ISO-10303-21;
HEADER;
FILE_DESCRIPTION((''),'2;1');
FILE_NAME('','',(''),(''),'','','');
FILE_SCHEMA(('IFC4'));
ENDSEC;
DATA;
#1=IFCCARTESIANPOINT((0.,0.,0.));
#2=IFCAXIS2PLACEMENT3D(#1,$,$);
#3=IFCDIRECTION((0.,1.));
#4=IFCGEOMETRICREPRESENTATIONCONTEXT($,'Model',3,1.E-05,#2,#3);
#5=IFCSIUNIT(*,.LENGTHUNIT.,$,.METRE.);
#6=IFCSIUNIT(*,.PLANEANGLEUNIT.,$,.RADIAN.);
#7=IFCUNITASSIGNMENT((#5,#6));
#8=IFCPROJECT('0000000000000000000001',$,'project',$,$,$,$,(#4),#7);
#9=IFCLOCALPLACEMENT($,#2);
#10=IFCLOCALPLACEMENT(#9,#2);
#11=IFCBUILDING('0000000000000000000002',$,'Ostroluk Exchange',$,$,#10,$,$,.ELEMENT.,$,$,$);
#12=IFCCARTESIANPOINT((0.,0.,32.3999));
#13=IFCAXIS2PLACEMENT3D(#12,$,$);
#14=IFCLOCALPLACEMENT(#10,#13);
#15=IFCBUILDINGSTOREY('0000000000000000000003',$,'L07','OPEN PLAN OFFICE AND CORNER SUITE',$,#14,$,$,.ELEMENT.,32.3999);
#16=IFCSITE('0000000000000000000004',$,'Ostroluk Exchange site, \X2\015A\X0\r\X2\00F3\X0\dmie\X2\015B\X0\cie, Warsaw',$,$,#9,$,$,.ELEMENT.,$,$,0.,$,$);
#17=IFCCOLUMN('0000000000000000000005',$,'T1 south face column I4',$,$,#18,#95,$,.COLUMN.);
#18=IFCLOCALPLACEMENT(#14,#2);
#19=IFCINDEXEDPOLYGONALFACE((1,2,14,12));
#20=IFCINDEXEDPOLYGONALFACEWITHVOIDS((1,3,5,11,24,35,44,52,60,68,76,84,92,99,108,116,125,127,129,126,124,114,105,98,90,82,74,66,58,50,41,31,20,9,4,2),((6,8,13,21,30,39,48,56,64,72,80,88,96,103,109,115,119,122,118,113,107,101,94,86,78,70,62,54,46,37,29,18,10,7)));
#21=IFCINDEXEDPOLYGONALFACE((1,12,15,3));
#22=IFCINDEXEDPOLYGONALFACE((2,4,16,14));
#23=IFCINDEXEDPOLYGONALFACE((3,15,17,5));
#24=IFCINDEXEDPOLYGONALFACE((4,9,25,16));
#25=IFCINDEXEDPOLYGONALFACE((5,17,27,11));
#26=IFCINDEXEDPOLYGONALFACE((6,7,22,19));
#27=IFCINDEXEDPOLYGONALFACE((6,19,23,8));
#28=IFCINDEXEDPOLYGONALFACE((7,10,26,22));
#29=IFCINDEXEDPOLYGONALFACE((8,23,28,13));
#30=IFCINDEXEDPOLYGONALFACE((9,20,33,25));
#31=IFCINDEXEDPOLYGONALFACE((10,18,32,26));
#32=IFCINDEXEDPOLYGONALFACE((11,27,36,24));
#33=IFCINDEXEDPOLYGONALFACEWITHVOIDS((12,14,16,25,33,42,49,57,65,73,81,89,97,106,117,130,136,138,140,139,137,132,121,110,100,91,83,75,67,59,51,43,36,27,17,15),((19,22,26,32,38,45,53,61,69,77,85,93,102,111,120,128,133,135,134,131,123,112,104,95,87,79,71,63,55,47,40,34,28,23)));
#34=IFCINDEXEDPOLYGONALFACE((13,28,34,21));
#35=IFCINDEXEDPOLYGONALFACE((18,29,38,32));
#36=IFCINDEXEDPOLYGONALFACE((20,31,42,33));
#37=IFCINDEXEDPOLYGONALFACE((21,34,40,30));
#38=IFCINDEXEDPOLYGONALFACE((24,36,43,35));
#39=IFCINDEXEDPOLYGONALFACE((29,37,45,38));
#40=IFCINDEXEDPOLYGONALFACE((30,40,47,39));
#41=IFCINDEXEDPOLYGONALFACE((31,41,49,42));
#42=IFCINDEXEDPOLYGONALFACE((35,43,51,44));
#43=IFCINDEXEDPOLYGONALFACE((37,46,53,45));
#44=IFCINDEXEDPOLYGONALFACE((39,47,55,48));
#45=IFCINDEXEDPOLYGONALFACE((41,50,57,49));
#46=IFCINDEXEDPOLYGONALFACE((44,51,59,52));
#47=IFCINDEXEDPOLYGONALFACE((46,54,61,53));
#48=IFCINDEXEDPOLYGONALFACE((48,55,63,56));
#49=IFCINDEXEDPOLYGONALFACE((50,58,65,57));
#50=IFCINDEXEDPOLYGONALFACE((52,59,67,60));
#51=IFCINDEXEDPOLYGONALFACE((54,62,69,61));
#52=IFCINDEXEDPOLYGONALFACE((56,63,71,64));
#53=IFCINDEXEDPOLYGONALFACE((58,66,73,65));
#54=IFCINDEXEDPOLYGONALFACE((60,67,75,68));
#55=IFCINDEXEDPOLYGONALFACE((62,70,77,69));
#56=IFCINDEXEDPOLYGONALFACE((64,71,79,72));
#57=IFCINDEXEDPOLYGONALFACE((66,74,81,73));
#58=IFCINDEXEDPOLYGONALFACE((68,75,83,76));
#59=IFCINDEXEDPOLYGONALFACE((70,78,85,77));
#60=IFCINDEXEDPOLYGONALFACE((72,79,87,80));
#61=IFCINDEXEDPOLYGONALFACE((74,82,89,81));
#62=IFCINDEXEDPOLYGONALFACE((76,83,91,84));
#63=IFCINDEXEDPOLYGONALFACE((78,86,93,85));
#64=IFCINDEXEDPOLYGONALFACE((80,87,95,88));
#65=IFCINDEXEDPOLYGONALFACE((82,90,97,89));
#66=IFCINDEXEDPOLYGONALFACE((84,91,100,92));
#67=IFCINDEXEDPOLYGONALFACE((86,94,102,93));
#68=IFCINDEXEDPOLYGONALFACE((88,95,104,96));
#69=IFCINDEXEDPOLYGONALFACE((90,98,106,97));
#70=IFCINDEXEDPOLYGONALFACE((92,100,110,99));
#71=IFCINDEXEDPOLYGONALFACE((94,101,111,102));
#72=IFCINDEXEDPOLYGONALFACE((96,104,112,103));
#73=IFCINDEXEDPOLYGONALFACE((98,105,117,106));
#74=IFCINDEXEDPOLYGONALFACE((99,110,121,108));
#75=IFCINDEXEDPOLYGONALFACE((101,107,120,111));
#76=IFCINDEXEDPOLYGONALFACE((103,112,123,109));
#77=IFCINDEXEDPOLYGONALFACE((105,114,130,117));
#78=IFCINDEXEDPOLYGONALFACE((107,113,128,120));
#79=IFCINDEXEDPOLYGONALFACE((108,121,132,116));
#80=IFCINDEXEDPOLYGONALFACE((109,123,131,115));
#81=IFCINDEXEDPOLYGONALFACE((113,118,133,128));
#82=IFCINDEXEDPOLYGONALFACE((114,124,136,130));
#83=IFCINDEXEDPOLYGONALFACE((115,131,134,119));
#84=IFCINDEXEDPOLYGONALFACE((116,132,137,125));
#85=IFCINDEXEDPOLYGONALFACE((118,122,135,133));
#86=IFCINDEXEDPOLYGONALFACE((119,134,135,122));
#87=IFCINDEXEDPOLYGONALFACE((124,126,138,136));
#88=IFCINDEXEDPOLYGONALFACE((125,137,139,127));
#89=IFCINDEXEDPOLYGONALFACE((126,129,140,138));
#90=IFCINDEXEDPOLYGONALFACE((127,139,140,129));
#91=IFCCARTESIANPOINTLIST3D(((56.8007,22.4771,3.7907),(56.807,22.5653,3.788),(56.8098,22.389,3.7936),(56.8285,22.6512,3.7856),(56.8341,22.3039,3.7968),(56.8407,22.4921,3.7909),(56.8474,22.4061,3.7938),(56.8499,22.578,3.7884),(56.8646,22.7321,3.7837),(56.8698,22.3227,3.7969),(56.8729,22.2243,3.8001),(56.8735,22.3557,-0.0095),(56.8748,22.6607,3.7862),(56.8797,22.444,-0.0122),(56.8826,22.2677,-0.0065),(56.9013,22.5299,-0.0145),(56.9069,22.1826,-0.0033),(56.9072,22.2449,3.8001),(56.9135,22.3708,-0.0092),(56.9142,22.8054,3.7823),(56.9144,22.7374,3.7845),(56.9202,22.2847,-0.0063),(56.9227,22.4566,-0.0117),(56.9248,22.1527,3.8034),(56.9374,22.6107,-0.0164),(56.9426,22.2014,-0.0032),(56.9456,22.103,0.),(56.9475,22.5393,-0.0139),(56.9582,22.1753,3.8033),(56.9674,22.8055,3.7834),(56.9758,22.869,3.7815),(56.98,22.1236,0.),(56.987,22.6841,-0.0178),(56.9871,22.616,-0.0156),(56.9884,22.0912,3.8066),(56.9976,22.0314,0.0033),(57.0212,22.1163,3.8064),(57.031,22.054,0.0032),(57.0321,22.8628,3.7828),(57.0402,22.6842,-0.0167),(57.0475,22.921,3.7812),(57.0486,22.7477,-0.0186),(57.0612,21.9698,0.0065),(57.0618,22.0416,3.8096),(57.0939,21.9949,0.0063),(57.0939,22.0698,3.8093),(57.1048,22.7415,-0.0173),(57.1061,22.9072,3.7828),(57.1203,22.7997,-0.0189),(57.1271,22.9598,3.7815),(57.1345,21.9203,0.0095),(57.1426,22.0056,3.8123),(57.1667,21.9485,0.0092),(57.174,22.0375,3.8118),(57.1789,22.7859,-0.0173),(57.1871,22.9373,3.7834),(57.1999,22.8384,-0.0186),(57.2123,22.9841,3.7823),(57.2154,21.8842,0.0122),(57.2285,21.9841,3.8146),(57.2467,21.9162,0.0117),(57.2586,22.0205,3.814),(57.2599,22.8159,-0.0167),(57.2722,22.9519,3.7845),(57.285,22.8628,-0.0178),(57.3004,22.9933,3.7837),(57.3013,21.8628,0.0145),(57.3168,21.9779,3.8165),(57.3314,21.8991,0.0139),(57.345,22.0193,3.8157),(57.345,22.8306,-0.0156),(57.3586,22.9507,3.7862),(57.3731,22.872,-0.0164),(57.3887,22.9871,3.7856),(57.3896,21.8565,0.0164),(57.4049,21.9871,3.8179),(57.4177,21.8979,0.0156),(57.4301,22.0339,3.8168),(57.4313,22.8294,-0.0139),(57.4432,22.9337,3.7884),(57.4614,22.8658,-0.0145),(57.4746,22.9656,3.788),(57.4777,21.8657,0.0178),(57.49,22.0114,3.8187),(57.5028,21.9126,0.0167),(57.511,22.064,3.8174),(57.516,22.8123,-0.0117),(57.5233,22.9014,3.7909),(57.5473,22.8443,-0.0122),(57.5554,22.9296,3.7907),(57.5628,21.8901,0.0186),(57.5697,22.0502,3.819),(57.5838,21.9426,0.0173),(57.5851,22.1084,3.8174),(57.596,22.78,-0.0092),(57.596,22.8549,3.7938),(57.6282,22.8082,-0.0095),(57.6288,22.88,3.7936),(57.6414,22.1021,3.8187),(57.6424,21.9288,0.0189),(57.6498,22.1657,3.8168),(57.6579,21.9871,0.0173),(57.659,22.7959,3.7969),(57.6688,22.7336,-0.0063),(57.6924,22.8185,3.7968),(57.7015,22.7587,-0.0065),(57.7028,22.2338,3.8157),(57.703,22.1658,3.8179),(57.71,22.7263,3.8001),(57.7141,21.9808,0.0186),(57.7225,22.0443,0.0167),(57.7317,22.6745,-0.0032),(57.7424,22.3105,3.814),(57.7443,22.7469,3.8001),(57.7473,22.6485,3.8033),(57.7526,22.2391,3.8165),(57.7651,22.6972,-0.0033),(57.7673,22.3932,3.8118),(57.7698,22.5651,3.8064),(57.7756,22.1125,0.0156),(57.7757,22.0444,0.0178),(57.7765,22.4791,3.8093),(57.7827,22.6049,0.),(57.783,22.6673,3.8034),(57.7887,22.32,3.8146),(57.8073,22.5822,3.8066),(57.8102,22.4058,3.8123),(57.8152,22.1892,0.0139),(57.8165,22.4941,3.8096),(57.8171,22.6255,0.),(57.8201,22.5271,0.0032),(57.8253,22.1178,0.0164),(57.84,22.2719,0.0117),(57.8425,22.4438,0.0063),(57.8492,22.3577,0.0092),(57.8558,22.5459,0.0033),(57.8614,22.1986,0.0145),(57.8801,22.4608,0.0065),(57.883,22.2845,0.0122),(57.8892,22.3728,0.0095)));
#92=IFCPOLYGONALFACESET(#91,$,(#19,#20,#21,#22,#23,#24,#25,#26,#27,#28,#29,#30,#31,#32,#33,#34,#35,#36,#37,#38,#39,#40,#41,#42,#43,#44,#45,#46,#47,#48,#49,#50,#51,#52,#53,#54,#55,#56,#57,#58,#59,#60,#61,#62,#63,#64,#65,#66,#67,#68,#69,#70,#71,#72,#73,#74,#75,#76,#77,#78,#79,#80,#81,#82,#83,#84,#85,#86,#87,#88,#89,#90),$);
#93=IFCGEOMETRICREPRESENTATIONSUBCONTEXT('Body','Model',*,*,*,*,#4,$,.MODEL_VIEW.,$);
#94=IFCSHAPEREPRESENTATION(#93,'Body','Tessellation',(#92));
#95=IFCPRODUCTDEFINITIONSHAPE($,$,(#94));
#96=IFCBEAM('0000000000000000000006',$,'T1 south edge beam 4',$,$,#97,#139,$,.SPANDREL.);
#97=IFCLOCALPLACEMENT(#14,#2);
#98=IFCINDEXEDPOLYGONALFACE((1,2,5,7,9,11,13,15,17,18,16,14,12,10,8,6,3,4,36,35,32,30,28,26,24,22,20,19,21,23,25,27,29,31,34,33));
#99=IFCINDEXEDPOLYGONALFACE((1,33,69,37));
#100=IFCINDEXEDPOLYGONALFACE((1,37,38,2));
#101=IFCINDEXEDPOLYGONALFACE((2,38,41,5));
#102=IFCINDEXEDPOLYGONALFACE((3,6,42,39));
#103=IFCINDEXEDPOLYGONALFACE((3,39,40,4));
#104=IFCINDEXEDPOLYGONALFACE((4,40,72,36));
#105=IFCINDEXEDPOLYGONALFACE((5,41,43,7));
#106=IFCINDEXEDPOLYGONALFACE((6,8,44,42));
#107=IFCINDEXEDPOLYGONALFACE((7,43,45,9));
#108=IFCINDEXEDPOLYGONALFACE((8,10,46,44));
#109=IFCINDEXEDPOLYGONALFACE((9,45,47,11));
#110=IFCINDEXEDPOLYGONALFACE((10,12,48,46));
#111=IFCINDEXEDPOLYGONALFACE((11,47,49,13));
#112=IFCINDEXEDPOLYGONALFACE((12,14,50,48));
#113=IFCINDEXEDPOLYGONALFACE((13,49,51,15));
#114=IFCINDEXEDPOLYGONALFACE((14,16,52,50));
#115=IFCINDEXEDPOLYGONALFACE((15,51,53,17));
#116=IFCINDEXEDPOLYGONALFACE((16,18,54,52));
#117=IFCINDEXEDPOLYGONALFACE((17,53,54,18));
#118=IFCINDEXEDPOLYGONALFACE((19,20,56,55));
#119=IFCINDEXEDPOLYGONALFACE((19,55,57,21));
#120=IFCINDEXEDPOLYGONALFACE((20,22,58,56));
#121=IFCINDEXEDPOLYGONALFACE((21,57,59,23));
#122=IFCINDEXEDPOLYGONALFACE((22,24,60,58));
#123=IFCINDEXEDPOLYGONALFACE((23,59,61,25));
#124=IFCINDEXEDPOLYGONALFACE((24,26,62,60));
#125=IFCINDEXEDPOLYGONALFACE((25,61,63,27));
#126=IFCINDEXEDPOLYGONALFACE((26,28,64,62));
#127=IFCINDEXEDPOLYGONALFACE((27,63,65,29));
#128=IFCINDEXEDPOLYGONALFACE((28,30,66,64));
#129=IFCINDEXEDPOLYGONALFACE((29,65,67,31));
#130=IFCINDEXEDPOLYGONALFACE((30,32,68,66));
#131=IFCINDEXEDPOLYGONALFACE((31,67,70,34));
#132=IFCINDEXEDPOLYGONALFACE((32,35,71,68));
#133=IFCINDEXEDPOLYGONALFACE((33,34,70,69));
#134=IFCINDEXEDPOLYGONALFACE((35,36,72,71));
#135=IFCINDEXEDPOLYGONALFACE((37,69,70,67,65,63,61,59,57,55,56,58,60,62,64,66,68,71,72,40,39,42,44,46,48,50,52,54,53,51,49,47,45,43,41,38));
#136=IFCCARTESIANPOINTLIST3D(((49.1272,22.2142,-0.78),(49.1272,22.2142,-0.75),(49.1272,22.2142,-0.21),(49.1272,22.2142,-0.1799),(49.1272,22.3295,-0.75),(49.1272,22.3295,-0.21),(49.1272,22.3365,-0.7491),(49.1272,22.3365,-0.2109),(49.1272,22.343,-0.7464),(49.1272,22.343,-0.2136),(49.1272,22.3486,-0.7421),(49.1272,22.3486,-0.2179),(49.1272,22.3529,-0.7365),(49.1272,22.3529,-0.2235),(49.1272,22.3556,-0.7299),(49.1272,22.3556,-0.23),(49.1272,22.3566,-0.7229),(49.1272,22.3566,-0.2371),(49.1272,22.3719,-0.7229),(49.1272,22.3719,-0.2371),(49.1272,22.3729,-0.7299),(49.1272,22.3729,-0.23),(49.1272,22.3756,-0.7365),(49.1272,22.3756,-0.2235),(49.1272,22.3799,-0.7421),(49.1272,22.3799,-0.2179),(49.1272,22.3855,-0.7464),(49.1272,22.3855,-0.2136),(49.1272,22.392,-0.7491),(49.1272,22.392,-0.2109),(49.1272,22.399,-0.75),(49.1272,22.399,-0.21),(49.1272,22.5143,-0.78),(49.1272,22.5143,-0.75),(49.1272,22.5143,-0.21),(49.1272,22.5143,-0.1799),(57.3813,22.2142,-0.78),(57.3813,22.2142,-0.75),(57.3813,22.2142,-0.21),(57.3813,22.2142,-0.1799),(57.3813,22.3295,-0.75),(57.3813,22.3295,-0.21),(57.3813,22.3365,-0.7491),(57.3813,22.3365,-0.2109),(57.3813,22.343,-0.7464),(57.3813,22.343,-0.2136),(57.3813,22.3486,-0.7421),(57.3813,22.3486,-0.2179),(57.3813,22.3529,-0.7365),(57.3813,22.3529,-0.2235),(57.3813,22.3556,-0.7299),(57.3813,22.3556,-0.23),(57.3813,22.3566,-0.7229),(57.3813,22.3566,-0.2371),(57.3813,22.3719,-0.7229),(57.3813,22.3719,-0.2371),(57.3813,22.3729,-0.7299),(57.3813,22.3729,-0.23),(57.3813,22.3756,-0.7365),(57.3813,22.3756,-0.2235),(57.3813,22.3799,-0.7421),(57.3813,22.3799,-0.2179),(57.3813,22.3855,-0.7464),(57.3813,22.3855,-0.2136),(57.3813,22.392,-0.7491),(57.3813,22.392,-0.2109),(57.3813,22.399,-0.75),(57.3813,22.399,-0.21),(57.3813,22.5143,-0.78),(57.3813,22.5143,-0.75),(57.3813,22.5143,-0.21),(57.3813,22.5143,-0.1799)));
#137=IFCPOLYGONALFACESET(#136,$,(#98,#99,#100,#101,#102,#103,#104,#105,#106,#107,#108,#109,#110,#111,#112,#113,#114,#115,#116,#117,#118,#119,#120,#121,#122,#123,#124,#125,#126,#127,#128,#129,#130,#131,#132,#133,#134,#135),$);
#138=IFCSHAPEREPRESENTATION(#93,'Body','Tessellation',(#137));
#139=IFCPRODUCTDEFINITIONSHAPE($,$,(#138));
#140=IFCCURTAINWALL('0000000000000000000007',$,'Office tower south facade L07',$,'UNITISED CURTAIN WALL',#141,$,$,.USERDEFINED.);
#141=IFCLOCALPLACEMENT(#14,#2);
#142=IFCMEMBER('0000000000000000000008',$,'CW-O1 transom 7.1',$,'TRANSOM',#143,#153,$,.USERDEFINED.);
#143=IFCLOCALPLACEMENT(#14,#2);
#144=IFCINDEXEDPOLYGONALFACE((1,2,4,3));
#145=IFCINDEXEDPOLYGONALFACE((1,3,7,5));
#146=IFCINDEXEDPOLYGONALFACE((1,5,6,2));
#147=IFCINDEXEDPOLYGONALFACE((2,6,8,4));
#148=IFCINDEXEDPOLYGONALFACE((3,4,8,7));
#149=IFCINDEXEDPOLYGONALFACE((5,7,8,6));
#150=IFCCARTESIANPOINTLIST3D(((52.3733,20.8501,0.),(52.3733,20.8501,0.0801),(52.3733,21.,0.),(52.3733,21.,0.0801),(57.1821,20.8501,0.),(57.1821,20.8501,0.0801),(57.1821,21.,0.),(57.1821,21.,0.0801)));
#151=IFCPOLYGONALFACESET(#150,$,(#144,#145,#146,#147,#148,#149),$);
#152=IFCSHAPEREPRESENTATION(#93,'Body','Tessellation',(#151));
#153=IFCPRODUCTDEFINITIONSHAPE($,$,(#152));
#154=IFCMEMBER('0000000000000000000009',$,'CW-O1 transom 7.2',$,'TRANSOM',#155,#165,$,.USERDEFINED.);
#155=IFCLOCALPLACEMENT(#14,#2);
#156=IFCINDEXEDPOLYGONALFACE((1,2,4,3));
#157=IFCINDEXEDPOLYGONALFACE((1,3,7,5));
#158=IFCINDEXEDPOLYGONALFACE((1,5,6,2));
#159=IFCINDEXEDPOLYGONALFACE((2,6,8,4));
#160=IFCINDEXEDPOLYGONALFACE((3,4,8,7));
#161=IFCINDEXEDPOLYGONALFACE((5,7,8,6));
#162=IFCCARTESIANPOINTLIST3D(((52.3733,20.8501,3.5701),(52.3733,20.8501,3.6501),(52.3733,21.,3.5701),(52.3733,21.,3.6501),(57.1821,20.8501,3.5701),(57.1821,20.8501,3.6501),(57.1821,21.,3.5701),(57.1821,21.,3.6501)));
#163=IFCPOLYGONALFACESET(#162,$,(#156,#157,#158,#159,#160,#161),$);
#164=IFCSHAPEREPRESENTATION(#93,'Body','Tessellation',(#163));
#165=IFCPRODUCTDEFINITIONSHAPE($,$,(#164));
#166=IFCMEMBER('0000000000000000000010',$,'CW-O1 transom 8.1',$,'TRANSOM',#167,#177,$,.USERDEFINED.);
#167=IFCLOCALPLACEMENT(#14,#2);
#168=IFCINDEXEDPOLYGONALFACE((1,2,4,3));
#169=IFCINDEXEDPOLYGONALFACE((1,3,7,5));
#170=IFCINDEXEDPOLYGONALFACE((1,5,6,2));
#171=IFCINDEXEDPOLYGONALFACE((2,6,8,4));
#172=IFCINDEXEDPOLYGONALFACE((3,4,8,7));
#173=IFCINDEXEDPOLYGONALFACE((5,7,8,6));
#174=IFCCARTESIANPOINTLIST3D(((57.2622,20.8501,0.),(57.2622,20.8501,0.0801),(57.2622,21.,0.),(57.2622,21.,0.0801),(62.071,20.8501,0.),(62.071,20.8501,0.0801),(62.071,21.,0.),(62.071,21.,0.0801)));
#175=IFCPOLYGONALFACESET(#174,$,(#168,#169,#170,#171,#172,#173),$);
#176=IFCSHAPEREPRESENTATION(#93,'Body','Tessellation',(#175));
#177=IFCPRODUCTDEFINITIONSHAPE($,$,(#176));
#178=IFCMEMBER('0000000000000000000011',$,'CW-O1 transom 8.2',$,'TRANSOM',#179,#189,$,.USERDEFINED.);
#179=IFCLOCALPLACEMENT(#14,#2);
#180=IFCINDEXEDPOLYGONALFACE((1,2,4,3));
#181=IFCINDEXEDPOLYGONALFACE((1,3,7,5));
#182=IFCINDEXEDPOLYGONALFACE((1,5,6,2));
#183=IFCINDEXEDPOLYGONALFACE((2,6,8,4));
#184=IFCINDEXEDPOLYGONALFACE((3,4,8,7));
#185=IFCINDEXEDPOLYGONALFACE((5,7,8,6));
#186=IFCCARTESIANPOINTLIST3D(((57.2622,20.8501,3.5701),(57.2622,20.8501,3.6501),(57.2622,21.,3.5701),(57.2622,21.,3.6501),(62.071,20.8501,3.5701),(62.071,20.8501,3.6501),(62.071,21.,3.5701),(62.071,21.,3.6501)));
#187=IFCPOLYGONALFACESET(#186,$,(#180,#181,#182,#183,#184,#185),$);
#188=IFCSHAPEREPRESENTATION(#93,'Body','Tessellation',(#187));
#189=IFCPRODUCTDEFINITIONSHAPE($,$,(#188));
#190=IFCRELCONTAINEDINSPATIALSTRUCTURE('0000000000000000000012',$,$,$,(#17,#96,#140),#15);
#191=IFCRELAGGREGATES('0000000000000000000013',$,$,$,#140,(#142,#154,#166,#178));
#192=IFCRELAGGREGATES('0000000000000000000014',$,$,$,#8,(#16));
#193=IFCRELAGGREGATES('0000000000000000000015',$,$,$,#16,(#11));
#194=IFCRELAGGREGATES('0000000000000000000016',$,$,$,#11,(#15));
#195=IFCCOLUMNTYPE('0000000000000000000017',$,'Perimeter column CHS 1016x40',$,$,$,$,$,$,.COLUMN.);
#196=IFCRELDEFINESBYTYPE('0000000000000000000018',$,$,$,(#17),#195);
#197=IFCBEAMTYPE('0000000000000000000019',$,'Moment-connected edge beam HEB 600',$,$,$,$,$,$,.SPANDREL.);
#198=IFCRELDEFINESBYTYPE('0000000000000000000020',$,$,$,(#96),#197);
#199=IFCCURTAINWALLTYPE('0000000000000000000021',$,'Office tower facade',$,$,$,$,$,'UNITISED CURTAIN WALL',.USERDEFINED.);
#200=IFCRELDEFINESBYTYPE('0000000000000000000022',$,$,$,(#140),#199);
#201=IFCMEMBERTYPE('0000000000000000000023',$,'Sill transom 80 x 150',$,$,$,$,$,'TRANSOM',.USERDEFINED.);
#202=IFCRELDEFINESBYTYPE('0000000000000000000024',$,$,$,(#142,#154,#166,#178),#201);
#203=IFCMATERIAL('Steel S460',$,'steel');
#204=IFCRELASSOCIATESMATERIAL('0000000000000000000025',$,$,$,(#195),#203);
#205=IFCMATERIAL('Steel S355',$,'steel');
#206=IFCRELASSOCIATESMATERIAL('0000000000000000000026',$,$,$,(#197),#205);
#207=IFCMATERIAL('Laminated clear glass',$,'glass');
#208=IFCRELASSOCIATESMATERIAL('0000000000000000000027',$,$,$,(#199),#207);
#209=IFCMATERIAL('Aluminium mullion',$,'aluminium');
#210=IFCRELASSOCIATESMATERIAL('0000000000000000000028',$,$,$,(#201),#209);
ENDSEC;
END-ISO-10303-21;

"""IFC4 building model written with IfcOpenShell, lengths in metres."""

from ifc_helpers import new_model, si_unit, direction, frame, origin, origin_2d, place, context, subcontext, project, spatial, rectangle, hollow_circle, i_section, extrude, material, material_profile, profile_set, type_object, element, aggregate, save


model = new_model("IFC4")

# Units and contexts
model_context = context("Model", 3, precision=1e-05, world=origin(), true_north=direction((0.0, 1.0)))
body_context = subcontext(model_context, "Body", "Model", "MODEL_VIEW")
ifc_project = project(units=[si_unit("LENGTHUNIT", "METRE"), si_unit("PLANEANGLEUNIT", "RADIAN")], contexts=[model_context])

# Site, building, storey
site_placement = place(None, origin())
site = spatial("IfcSite", under=ifc_project, at=site_placement, Name="Ostroluk Exchange site, Śródmieście, Warsaw", CompositionType="ELEMENT", RefElevation=0.0)
building_placement = place(site_placement, origin())
building = spatial("IfcBuilding", under=site, at=building_placement, Name="Ostroluk Exchange", CompositionType="ELEMENT")
storey_placement = place(building_placement, frame((0.0, 0.0, 32.3999)))
storey = spatial("IfcBuildingStorey", under=building, at=storey_placement, Name="L07", Description="OPEN PLAN OFFICE AND CORNER SUITE", CompositionType="ELEMENT", Elevation=32.3999)

# Column
ifc_material_1 = material(Name="Steel S460", Category="steel")
ifc_material_profile_1 = material_profile(ifc_material_1, hollow_circle(Radius=0.5081, WallThickness=0.04, at=origin_2d()), Name="CHS 1016x40")
ifc_profile_set_1 = profile_set([ifc_material_profile_1], Name="Steel S460")
column_type = type_object("IfcColumnType", Name="Perimeter column CHS 1016x40", PredefinedType="COLUMN", material=ifc_profile_set_1)
column_placement = place(storey_placement, frame((57.3813, 22.3643, 0.0), z_axis=(-0.019132, 0.031909, 0.999308), x_axis=(-0.857645, -0.514242, 0.0)))
element("IfcColumn", 1, at=column_placement, inside=storey, type_object=column_type, Name="T1 south face column I4", PredefinedType="COLUMN", context=body_context, shape_type="SweptSolid", body=[
    extrude(hollow_circle(Radius=0.5081, WallThickness=0.04, at=origin_2d()), origin(), (0.0, 0.0, 1.0), 3.8027),
])

# Beam
ifc_material_2 = material(Name="Steel S355", Category="steel")
ifc_material_profile_2 = material_profile(ifc_material_2, i_section(OverallWidth=0.3, OverallDepth=0.6001, WebThickness=0.0154, FlangeThickness=0.03, FilletRadius=0.0271, at=origin_2d()), Name="HEB 600")
ifc_profile_set_2 = profile_set([ifc_material_profile_2], Name="Steel S355")
beam_type = type_object("IfcBeamType", Name="Moment-connected edge beam HEB 600", PredefinedType="SPANDREL", material=ifc_profile_set_2)
beam_placement = place(storey_placement, frame((49.1272, 22.3643, -0.48), z_axis=(1.0, 0.0, 0.0), x_axis=(0.0, 1.0, 0.0)))
element("IfcBeam", 2, at=beam_placement, inside=storey, type_object=beam_type, Name="T1 south edge beam 4", PredefinedType="SPANDREL", context=body_context, shape_type="SweptSolid", body=[
    extrude(i_section(OverallWidth=0.3, OverallDepth=0.6001, WebThickness=0.0154, FlangeThickness=0.03, FilletRadius=0.0271, at=origin_2d()), origin(), (0.0, 0.0, 1.0), 8.2542),
])

# Curtain wall, members
ifc_material_3 = material(Name="Laminated clear glass", Category="glass")
curtain_wall_type = type_object("IfcCurtainWallType", Name="Office tower facade", ElementType="UNITISED CURTAIN WALL", PredefinedType="USERDEFINED", material=ifc_material_3)
curtain_wall_placement = place(storey_placement, origin())
curtain_wall = element("IfcCurtainWall", 3, at=curtain_wall_placement, inside=storey, type_object=curtain_wall_type, Name="Office tower south facade L07", ObjectType="UNITISED CURTAIN WALL", PredefinedType="USERDEFINED")
ifc_material_4 = material(Name="Aluminium mullion", Category="aluminium")
ifc_material_profile_3 = material_profile(ifc_material_4, rectangle(XDim=0.1499, YDim=0.0801, at=origin_2d()), Name="Sill transom 80 x 150")
ifc_profile_set_3 = profile_set([ifc_material_profile_3], Name="Aluminium mullion")
member_type_1 = type_object("IfcMemberType", Name="Sill transom 80 x 150", ElementType="TRANSOM", PredefinedType="USERDEFINED", material=ifc_profile_set_3)
member_1_placement = place(storey_placement, frame((52.3733, 20.925, 0.04), z_axis=(1.0, 0.0, 0.0), x_axis=(0.0, 1.0, 0.0)))
member_1 = element("IfcMember", 4, at=member_1_placement, type_object=member_type_1, Name="CW-O1 transom 7.1", ObjectType="TRANSOM", PredefinedType="USERDEFINED", context=body_context, shape_type="SweptSolid", body=[
    extrude(rectangle(XDim=0.1499, YDim=0.0801, at=origin_2d()), origin(), (0.0, 0.0, 1.0), 4.8088),
])
member_2_placement = place(storey_placement, frame((52.3733, 20.925, 3.6101), z_axis=(1.0, 0.0, 0.0), x_axis=(0.0, 1.0, 0.0)))
member_2 = element("IfcMember", 5, at=member_2_placement, type_object=member_type_1, Name="CW-O1 transom 7.2", ObjectType="TRANSOM", PredefinedType="USERDEFINED", context=body_context, shape_type="SweptSolid", body=[
    extrude(rectangle(XDim=0.1499, YDim=0.0801, at=origin_2d()), origin(), (0.0, 0.0, 1.0), 4.8088),
])
member_3_placement = place(storey_placement, frame((57.2622, 20.925, 0.04), z_axis=(1.0, 0.0, 0.0), x_axis=(0.0, 1.0, 0.0)))
member_3 = element("IfcMember", 6, at=member_3_placement, type_object=member_type_1, Name="CW-O1 transom 8.1", ObjectType="TRANSOM", PredefinedType="USERDEFINED", context=body_context, shape_type="SweptSolid", body=[
    extrude(rectangle(XDim=0.1499, YDim=0.0801, at=origin_2d()), origin(), (0.0, 0.0, 1.0), 4.8088),
])
member_4_placement = place(storey_placement, frame((57.2622, 20.925, 3.6101), z_axis=(1.0, 0.0, 0.0), x_axis=(0.0, 1.0, 0.0)))
member_4 = element("IfcMember", 7, at=member_4_placement, type_object=member_type_1, Name="CW-O1 transom 8.2", ObjectType="TRANSOM", PredefinedType="USERDEFINED", context=body_context, shape_type="SweptSolid", body=[
    extrude(rectangle(XDim=0.1499, YDim=0.0801, at=origin_2d()), origin(), (0.0, 0.0, 1.0), 4.8088),
])
aggregate(curtain_wall, [member_1, member_2, member_3, member_4])

save(model, "model.ifc")
